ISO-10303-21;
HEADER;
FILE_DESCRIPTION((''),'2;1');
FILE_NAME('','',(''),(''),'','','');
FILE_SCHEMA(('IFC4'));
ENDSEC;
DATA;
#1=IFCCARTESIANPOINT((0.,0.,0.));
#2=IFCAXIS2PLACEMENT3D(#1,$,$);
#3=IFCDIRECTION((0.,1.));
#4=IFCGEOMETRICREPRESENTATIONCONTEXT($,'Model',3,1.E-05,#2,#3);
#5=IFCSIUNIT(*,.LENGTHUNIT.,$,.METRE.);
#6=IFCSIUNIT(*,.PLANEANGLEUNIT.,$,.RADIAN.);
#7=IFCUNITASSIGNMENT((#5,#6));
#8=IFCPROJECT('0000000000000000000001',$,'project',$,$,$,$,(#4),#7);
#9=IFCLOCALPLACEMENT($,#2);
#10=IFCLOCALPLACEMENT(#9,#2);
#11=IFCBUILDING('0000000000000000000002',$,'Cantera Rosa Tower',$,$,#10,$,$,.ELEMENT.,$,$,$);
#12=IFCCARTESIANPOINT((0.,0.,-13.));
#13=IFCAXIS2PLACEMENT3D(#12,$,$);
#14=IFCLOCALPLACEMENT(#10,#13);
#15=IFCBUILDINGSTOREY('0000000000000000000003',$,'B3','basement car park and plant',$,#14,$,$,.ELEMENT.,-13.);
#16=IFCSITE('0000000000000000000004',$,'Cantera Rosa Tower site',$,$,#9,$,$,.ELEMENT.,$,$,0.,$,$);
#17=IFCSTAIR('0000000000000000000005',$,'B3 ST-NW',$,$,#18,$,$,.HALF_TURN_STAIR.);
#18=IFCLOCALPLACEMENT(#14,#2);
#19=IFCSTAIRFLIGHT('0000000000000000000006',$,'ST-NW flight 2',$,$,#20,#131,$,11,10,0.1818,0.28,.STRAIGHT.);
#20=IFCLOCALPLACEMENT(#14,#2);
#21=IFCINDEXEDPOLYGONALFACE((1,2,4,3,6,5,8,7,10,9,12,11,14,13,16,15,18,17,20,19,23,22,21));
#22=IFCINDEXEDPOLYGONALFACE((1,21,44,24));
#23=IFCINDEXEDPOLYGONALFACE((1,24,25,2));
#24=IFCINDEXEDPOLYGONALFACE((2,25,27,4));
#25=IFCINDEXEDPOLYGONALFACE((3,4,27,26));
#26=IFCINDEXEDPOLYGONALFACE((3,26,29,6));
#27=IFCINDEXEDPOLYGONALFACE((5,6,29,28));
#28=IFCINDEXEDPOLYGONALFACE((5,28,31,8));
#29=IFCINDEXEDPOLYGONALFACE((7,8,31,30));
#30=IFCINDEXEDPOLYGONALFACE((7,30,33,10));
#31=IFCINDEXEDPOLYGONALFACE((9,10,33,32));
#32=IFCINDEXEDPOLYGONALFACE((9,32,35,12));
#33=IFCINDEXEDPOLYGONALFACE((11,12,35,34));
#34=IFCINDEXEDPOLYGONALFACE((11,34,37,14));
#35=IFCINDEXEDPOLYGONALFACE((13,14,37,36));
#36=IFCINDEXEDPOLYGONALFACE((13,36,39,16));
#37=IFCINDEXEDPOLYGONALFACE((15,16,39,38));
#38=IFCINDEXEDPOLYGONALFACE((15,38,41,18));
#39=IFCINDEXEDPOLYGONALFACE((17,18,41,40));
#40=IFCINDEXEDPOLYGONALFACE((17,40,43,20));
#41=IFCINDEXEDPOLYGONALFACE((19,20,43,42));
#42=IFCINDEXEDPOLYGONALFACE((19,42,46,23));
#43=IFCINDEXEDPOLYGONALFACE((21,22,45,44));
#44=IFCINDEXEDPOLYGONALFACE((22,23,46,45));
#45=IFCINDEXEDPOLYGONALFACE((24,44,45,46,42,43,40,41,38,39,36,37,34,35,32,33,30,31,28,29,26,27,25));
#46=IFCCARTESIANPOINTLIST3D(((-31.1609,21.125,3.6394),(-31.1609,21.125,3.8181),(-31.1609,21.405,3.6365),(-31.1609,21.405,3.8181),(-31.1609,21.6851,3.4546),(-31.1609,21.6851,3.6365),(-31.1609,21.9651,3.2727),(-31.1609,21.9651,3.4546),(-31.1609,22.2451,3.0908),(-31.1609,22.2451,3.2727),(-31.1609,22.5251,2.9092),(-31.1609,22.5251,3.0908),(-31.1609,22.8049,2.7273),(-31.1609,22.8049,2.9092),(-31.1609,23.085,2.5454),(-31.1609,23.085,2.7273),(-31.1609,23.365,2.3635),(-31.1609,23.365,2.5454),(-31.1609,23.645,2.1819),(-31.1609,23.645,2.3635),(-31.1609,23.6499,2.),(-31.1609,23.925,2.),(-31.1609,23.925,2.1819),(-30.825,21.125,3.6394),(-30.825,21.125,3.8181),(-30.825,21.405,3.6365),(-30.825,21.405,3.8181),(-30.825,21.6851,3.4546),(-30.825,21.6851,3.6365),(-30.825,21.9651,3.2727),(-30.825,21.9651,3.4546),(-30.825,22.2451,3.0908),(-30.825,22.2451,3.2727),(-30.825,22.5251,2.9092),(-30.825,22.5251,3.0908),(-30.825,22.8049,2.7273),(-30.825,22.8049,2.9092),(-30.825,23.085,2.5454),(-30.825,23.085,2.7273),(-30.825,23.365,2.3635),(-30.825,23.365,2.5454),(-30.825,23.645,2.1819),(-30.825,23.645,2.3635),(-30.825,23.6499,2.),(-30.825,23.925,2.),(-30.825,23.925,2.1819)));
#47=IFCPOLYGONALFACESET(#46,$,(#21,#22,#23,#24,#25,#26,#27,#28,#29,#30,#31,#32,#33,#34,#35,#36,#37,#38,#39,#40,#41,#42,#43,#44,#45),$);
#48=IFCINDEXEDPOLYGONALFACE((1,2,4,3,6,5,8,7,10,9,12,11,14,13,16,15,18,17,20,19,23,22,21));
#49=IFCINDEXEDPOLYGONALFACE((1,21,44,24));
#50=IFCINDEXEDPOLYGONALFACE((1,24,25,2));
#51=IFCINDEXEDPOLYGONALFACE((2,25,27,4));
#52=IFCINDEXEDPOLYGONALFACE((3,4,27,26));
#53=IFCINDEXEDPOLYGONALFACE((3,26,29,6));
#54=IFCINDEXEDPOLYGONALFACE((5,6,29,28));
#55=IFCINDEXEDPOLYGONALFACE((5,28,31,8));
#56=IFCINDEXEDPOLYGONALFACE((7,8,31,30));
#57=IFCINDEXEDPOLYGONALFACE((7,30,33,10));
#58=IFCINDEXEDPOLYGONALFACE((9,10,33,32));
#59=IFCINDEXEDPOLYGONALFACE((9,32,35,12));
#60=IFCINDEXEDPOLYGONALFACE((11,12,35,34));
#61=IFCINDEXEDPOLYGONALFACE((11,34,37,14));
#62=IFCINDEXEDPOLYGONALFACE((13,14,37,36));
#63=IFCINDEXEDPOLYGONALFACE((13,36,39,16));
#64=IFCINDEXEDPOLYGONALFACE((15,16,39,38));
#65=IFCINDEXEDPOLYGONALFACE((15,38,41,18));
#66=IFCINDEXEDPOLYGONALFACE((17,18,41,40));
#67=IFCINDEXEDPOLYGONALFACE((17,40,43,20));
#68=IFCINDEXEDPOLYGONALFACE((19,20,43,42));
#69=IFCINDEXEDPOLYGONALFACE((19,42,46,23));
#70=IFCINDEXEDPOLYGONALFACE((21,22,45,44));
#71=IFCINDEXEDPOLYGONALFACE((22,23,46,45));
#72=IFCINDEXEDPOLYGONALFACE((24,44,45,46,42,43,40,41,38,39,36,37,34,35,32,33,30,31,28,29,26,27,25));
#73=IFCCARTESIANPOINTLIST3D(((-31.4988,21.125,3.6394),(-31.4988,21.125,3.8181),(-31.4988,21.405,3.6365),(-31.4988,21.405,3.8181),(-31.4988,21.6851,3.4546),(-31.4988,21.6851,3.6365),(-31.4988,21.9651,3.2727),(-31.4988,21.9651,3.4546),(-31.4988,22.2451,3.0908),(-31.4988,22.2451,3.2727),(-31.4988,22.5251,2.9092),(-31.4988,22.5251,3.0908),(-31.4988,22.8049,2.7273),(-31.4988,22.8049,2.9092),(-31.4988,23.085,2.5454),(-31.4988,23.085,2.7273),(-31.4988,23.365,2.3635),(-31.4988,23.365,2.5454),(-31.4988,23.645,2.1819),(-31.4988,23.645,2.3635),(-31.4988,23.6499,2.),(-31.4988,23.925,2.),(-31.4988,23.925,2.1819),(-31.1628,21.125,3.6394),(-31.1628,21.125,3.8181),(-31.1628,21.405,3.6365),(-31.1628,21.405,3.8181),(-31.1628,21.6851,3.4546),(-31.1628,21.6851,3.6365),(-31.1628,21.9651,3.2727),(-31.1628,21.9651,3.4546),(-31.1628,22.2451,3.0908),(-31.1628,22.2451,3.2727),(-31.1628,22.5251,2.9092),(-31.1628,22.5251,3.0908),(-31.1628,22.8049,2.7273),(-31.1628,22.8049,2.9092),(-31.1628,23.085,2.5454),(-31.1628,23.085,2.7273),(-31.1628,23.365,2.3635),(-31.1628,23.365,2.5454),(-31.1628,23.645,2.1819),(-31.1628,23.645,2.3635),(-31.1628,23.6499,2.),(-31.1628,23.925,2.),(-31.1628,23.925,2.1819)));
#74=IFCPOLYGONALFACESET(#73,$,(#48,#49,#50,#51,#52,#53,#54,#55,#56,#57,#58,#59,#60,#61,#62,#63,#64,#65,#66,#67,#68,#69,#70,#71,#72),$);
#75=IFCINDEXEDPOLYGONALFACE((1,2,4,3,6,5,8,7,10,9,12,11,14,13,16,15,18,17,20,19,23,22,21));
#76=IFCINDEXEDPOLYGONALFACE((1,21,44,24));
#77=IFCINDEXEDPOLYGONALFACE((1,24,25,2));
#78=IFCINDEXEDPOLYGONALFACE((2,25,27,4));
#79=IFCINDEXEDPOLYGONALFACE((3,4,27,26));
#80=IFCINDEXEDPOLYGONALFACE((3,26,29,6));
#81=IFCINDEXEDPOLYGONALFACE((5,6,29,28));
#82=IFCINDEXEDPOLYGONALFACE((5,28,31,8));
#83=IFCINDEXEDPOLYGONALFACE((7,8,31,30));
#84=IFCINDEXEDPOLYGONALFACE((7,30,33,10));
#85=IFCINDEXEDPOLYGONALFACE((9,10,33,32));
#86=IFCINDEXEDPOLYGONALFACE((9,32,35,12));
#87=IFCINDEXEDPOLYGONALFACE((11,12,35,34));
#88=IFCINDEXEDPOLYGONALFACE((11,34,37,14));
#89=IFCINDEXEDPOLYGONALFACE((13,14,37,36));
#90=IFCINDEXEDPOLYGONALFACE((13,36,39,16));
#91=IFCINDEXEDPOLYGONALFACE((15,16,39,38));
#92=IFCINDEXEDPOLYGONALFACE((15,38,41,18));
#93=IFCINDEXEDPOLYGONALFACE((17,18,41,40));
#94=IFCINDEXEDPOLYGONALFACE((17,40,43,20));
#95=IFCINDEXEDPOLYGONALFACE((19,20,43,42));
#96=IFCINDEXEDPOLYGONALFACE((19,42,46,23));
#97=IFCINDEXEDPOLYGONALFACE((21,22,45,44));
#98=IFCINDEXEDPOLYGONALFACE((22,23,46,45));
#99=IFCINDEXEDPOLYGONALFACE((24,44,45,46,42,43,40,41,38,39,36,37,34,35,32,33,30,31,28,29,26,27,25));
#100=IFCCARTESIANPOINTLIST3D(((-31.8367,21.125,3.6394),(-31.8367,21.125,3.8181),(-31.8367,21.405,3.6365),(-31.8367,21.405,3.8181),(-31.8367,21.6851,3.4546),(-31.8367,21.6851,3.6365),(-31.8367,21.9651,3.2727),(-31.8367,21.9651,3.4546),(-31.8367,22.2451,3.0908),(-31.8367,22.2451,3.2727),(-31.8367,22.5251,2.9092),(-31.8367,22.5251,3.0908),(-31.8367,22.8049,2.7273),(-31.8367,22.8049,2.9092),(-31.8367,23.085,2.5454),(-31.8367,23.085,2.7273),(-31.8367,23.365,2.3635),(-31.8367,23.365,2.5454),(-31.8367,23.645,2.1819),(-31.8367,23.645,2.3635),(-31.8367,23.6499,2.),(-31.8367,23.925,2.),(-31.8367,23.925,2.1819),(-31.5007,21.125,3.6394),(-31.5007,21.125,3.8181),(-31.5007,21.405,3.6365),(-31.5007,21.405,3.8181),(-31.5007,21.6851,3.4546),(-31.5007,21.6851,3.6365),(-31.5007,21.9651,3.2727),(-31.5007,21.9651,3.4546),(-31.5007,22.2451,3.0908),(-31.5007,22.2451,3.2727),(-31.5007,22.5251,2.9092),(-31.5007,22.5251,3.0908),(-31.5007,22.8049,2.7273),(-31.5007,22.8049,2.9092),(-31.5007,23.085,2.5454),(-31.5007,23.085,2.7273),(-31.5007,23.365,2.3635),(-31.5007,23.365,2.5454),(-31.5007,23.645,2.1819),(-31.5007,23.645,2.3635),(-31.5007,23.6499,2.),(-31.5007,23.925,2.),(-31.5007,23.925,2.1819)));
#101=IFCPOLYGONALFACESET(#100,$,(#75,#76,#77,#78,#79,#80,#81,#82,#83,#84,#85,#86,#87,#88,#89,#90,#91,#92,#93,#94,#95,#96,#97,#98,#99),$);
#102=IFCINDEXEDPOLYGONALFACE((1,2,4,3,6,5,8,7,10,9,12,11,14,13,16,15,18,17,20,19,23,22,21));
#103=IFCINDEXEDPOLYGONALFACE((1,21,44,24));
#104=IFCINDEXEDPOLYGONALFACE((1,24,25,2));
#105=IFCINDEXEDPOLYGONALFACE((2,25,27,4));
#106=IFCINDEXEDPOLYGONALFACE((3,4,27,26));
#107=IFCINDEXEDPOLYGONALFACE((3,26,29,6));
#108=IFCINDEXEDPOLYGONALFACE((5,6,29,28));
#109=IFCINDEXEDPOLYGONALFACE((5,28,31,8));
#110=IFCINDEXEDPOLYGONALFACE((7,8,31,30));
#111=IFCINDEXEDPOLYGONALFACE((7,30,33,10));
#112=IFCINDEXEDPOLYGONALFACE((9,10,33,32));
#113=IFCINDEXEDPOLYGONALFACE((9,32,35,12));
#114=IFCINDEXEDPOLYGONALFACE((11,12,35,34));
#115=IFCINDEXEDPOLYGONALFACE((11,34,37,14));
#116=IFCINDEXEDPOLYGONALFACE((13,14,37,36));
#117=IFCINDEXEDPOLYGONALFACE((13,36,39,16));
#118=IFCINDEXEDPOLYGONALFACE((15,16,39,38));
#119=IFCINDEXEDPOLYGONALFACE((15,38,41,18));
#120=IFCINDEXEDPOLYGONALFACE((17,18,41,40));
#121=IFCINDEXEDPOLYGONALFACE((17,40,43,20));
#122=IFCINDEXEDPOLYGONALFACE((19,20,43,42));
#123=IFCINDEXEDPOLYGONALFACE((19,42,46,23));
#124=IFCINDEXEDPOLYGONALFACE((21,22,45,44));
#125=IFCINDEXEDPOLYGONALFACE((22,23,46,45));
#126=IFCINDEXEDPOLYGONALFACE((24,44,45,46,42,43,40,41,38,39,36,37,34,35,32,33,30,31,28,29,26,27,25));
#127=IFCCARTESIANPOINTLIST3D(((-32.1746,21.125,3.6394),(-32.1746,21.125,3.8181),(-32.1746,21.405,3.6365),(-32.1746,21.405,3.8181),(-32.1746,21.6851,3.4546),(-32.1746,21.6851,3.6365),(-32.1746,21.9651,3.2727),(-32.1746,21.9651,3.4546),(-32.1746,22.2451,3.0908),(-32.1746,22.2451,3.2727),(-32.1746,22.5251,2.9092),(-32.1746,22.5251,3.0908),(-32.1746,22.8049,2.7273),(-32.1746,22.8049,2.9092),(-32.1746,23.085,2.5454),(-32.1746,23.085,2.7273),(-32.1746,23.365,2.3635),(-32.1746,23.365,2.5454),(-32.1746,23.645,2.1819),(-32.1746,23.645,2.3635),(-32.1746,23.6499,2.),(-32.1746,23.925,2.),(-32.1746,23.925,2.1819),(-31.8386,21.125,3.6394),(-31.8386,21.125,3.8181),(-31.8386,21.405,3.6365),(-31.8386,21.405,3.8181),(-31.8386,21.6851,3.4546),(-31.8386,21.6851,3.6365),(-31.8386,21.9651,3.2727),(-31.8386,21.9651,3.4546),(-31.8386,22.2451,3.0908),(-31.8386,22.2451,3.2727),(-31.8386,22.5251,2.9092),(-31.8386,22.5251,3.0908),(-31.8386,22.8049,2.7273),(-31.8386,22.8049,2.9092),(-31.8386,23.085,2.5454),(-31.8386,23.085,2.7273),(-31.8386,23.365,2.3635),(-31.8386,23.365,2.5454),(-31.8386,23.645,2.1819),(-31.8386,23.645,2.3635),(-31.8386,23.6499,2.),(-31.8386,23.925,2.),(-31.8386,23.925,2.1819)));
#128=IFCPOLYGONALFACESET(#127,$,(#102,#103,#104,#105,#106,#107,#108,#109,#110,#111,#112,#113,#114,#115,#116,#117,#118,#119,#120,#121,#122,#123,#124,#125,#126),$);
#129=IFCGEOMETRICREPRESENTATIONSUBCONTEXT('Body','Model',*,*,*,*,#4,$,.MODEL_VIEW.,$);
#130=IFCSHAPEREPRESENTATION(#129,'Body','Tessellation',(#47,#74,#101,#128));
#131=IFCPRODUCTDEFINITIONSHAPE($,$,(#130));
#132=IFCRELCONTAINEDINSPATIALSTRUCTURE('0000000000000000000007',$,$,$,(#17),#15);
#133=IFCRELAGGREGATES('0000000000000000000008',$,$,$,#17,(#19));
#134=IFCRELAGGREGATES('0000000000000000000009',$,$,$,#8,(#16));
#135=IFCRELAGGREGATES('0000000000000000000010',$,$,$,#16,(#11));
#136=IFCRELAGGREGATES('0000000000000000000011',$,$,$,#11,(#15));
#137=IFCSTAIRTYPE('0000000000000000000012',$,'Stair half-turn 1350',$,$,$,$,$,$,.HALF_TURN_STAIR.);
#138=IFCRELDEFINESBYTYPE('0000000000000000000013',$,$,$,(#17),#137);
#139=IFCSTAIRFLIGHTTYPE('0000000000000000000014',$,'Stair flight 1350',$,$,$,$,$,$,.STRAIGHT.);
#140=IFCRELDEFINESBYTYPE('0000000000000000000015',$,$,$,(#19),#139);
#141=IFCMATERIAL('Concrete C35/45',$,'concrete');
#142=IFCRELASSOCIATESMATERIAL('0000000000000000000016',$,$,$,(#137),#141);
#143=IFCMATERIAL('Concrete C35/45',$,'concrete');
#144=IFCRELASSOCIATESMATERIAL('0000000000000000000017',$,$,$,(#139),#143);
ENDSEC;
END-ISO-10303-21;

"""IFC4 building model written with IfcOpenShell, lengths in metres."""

from ifc_helpers import new_model, si_unit, direction, frame, origin, place, context, subcontext, project, spatial, polyline, outline, extrude, material, type_object, element, aggregate, save


model = new_model("IFC4")

# Units and contexts
model_context = context("Model", 3, precision=1e-05, world=origin(), true_north=direction((0.0, 1.0)))
body_context = subcontext(model_context, "Body", "Model", "MODEL_VIEW")
ifc_project = project(units=[si_unit("LENGTHUNIT", "METRE"), si_unit("PLANEANGLEUNIT", "RADIAN")], contexts=[model_context])

# Site, building, storey
site_placement = place(None, origin())
site = spatial("IfcSite", under=ifc_project, at=site_placement, Name="Cantera Rosa Tower site", CompositionType="ELEMENT", RefElevation=0.0)
building_placement = place(site_placement, origin())
building = spatial("IfcBuilding", under=site, at=building_placement, Name="Cantera Rosa Tower", CompositionType="ELEMENT")
storey_placement = place(building_placement, frame((0.0, 0.0, -13.0)))
storey = spatial("IfcBuildingStorey", under=building, at=storey_placement, Name="B3", Description="basement car park and plant", CompositionType="ELEMENT", Elevation=-13.0)

# Stair, stair flight
ifc_material_1 = material(Name="Concrete C35/45", Category="concrete")
stair_type = type_object("IfcStairType", Name="Stair half-turn 1350", PredefinedType="HALF_TURN_STAIR", material=ifc_material_1)
stair_placement = place(storey_placement, origin())
stair = element("IfcStair", 1, at=stair_placement, inside=storey, type_object=stair_type, Name="B3 ST-NW", PredefinedType="HALF_TURN_STAIR")
ifc_material_2 = material(Name="Concrete C35/45", Category="concrete")
stair_flight_type = type_object("IfcStairFlightType", Name="Stair flight 1350", PredefinedType="STRAIGHT", material=ifc_material_2)
stair_flight_1_placement = place(storey_placement, frame((-31.5, 23.925, 2.0), z_axis=(0.0, 0.0, 1.0), x_axis=(0.0, -1.0, 0.0)))
stair_flight_1 = element("IfcStairFlight", 2, at=stair_flight_1_placement, type_object=stair_flight_type, Name="ST-NW flight 2", NumberOfRisers=11, NumberOfTreads=10, PredefinedType="STRAIGHT", RiserHeight=0.1818, TreadLength=0.28, context=body_context, shape_type="SweptSolid", body=[
    extrude(outline(polyline([(0.0, 0.0), (0.0, 0.1819), (0.28, 0.1819), (0.28, 0.3635), (0.5601, 0.3635), (0.5601, 0.5454), (0.8401, 0.5454), (0.8401, 0.7273), (1.1201, 0.7273), (1.1201, 0.9092), (1.3999, 0.9092), (1.3999, 1.0908), (1.6799, 1.0908), (1.6799, 1.2727), (1.96, 1.2727), (1.96, 1.4546), (2.24, 1.4546), (2.24, 1.6365), (2.52, 1.6365), (2.52, 1.8181), (2.8, 1.8181), (2.8, 2.0), (2.8, 1.6394), (0.2751, 0.0), (0.0, 0.0)])), frame((0.0, 0.675, 0.0), z_axis=(0.0, -1.0, 0.0), x_axis=(1.0, 0.0, 0.0)), (0.0, 0.0, 1.0), 0.3359),
    extrude(outline(polyline([(0.0, 0.0), (0.0, 0.1819), (0.28, 0.1819), (0.28, 0.3635), (0.5601, 0.3635), (0.5601, 0.5454), (0.8401, 0.5454), (0.8401, 0.7273), (1.1201, 0.7273), (1.1201, 0.9092), (1.3999, 0.9092), (1.3999, 1.0908), (1.6799, 1.0908), (1.6799, 1.2727), (1.96, 1.2727), (1.96, 1.4546), (2.24, 1.4546), (2.24, 1.6365), (2.52, 1.6365), (2.52, 1.8181), (2.8, 1.8181), (2.8, 2.0), (2.8, 1.6394), (0.2751, 0.0), (0.0, 0.0)])), frame((0.0, 0.3372, 0.0), z_axis=(0.0, -1.0, 0.0), x_axis=(1.0, 0.0, 0.0)), (0.0, 0.0, 1.0), 0.3359),
    extrude(outline(polyline([(0.0, 0.0), (0.0, 0.1819), (0.28, 0.1819), (0.28, 0.3635), (0.5601, 0.3635), (0.5601, 0.5454), (0.8401, 0.5454), (0.8401, 0.7273), (1.1201, 0.7273), (1.1201, 0.9092), (1.3999, 0.9092), (1.3999, 1.0908), (1.6799, 1.0908), (1.6799, 1.2727), (1.96, 1.2727), (1.96, 1.4546), (2.24, 1.4546), (2.24, 1.6365), (2.52, 1.6365), (2.52, 1.8181), (2.8, 1.8181), (2.8, 2.0), (2.8, 1.6394), (0.2751, 0.0), (0.0, 0.0)])), frame((0.0, -0.0007, 0.0), z_axis=(0.0, -1.0, 0.0), x_axis=(1.0, 0.0, 0.0)), (0.0, 0.0, 1.0), 0.3359),
    extrude(outline(polyline([(0.0, 0.0), (0.0, 0.1819), (0.28, 0.1819), (0.28, 0.3635), (0.5601, 0.3635), (0.5601, 0.5454), (0.8401, 0.5454), (0.8401, 0.7273), (1.1201, 0.7273), (1.1201, 0.9092), (1.3999, 0.9092), (1.3999, 1.0908), (1.6799, 1.0908), (1.6799, 1.2727), (1.96, 1.2727), (1.96, 1.4546), (2.24, 1.4546), (2.24, 1.6365), (2.52, 1.6365), (2.52, 1.8181), (2.8, 1.8181), (2.8, 2.0), (2.8, 1.6394), (0.2751, 0.0), (0.0, 0.0)])), frame((0.0, -0.3386, 0.0), z_axis=(0.0, -1.0, 0.0), x_axis=(1.0, 0.0, 0.0)), (0.0, 0.0, 1.0), 0.3359),
])
aggregate(stair, [stair_flight_1])

save(model, "model.ifc")
